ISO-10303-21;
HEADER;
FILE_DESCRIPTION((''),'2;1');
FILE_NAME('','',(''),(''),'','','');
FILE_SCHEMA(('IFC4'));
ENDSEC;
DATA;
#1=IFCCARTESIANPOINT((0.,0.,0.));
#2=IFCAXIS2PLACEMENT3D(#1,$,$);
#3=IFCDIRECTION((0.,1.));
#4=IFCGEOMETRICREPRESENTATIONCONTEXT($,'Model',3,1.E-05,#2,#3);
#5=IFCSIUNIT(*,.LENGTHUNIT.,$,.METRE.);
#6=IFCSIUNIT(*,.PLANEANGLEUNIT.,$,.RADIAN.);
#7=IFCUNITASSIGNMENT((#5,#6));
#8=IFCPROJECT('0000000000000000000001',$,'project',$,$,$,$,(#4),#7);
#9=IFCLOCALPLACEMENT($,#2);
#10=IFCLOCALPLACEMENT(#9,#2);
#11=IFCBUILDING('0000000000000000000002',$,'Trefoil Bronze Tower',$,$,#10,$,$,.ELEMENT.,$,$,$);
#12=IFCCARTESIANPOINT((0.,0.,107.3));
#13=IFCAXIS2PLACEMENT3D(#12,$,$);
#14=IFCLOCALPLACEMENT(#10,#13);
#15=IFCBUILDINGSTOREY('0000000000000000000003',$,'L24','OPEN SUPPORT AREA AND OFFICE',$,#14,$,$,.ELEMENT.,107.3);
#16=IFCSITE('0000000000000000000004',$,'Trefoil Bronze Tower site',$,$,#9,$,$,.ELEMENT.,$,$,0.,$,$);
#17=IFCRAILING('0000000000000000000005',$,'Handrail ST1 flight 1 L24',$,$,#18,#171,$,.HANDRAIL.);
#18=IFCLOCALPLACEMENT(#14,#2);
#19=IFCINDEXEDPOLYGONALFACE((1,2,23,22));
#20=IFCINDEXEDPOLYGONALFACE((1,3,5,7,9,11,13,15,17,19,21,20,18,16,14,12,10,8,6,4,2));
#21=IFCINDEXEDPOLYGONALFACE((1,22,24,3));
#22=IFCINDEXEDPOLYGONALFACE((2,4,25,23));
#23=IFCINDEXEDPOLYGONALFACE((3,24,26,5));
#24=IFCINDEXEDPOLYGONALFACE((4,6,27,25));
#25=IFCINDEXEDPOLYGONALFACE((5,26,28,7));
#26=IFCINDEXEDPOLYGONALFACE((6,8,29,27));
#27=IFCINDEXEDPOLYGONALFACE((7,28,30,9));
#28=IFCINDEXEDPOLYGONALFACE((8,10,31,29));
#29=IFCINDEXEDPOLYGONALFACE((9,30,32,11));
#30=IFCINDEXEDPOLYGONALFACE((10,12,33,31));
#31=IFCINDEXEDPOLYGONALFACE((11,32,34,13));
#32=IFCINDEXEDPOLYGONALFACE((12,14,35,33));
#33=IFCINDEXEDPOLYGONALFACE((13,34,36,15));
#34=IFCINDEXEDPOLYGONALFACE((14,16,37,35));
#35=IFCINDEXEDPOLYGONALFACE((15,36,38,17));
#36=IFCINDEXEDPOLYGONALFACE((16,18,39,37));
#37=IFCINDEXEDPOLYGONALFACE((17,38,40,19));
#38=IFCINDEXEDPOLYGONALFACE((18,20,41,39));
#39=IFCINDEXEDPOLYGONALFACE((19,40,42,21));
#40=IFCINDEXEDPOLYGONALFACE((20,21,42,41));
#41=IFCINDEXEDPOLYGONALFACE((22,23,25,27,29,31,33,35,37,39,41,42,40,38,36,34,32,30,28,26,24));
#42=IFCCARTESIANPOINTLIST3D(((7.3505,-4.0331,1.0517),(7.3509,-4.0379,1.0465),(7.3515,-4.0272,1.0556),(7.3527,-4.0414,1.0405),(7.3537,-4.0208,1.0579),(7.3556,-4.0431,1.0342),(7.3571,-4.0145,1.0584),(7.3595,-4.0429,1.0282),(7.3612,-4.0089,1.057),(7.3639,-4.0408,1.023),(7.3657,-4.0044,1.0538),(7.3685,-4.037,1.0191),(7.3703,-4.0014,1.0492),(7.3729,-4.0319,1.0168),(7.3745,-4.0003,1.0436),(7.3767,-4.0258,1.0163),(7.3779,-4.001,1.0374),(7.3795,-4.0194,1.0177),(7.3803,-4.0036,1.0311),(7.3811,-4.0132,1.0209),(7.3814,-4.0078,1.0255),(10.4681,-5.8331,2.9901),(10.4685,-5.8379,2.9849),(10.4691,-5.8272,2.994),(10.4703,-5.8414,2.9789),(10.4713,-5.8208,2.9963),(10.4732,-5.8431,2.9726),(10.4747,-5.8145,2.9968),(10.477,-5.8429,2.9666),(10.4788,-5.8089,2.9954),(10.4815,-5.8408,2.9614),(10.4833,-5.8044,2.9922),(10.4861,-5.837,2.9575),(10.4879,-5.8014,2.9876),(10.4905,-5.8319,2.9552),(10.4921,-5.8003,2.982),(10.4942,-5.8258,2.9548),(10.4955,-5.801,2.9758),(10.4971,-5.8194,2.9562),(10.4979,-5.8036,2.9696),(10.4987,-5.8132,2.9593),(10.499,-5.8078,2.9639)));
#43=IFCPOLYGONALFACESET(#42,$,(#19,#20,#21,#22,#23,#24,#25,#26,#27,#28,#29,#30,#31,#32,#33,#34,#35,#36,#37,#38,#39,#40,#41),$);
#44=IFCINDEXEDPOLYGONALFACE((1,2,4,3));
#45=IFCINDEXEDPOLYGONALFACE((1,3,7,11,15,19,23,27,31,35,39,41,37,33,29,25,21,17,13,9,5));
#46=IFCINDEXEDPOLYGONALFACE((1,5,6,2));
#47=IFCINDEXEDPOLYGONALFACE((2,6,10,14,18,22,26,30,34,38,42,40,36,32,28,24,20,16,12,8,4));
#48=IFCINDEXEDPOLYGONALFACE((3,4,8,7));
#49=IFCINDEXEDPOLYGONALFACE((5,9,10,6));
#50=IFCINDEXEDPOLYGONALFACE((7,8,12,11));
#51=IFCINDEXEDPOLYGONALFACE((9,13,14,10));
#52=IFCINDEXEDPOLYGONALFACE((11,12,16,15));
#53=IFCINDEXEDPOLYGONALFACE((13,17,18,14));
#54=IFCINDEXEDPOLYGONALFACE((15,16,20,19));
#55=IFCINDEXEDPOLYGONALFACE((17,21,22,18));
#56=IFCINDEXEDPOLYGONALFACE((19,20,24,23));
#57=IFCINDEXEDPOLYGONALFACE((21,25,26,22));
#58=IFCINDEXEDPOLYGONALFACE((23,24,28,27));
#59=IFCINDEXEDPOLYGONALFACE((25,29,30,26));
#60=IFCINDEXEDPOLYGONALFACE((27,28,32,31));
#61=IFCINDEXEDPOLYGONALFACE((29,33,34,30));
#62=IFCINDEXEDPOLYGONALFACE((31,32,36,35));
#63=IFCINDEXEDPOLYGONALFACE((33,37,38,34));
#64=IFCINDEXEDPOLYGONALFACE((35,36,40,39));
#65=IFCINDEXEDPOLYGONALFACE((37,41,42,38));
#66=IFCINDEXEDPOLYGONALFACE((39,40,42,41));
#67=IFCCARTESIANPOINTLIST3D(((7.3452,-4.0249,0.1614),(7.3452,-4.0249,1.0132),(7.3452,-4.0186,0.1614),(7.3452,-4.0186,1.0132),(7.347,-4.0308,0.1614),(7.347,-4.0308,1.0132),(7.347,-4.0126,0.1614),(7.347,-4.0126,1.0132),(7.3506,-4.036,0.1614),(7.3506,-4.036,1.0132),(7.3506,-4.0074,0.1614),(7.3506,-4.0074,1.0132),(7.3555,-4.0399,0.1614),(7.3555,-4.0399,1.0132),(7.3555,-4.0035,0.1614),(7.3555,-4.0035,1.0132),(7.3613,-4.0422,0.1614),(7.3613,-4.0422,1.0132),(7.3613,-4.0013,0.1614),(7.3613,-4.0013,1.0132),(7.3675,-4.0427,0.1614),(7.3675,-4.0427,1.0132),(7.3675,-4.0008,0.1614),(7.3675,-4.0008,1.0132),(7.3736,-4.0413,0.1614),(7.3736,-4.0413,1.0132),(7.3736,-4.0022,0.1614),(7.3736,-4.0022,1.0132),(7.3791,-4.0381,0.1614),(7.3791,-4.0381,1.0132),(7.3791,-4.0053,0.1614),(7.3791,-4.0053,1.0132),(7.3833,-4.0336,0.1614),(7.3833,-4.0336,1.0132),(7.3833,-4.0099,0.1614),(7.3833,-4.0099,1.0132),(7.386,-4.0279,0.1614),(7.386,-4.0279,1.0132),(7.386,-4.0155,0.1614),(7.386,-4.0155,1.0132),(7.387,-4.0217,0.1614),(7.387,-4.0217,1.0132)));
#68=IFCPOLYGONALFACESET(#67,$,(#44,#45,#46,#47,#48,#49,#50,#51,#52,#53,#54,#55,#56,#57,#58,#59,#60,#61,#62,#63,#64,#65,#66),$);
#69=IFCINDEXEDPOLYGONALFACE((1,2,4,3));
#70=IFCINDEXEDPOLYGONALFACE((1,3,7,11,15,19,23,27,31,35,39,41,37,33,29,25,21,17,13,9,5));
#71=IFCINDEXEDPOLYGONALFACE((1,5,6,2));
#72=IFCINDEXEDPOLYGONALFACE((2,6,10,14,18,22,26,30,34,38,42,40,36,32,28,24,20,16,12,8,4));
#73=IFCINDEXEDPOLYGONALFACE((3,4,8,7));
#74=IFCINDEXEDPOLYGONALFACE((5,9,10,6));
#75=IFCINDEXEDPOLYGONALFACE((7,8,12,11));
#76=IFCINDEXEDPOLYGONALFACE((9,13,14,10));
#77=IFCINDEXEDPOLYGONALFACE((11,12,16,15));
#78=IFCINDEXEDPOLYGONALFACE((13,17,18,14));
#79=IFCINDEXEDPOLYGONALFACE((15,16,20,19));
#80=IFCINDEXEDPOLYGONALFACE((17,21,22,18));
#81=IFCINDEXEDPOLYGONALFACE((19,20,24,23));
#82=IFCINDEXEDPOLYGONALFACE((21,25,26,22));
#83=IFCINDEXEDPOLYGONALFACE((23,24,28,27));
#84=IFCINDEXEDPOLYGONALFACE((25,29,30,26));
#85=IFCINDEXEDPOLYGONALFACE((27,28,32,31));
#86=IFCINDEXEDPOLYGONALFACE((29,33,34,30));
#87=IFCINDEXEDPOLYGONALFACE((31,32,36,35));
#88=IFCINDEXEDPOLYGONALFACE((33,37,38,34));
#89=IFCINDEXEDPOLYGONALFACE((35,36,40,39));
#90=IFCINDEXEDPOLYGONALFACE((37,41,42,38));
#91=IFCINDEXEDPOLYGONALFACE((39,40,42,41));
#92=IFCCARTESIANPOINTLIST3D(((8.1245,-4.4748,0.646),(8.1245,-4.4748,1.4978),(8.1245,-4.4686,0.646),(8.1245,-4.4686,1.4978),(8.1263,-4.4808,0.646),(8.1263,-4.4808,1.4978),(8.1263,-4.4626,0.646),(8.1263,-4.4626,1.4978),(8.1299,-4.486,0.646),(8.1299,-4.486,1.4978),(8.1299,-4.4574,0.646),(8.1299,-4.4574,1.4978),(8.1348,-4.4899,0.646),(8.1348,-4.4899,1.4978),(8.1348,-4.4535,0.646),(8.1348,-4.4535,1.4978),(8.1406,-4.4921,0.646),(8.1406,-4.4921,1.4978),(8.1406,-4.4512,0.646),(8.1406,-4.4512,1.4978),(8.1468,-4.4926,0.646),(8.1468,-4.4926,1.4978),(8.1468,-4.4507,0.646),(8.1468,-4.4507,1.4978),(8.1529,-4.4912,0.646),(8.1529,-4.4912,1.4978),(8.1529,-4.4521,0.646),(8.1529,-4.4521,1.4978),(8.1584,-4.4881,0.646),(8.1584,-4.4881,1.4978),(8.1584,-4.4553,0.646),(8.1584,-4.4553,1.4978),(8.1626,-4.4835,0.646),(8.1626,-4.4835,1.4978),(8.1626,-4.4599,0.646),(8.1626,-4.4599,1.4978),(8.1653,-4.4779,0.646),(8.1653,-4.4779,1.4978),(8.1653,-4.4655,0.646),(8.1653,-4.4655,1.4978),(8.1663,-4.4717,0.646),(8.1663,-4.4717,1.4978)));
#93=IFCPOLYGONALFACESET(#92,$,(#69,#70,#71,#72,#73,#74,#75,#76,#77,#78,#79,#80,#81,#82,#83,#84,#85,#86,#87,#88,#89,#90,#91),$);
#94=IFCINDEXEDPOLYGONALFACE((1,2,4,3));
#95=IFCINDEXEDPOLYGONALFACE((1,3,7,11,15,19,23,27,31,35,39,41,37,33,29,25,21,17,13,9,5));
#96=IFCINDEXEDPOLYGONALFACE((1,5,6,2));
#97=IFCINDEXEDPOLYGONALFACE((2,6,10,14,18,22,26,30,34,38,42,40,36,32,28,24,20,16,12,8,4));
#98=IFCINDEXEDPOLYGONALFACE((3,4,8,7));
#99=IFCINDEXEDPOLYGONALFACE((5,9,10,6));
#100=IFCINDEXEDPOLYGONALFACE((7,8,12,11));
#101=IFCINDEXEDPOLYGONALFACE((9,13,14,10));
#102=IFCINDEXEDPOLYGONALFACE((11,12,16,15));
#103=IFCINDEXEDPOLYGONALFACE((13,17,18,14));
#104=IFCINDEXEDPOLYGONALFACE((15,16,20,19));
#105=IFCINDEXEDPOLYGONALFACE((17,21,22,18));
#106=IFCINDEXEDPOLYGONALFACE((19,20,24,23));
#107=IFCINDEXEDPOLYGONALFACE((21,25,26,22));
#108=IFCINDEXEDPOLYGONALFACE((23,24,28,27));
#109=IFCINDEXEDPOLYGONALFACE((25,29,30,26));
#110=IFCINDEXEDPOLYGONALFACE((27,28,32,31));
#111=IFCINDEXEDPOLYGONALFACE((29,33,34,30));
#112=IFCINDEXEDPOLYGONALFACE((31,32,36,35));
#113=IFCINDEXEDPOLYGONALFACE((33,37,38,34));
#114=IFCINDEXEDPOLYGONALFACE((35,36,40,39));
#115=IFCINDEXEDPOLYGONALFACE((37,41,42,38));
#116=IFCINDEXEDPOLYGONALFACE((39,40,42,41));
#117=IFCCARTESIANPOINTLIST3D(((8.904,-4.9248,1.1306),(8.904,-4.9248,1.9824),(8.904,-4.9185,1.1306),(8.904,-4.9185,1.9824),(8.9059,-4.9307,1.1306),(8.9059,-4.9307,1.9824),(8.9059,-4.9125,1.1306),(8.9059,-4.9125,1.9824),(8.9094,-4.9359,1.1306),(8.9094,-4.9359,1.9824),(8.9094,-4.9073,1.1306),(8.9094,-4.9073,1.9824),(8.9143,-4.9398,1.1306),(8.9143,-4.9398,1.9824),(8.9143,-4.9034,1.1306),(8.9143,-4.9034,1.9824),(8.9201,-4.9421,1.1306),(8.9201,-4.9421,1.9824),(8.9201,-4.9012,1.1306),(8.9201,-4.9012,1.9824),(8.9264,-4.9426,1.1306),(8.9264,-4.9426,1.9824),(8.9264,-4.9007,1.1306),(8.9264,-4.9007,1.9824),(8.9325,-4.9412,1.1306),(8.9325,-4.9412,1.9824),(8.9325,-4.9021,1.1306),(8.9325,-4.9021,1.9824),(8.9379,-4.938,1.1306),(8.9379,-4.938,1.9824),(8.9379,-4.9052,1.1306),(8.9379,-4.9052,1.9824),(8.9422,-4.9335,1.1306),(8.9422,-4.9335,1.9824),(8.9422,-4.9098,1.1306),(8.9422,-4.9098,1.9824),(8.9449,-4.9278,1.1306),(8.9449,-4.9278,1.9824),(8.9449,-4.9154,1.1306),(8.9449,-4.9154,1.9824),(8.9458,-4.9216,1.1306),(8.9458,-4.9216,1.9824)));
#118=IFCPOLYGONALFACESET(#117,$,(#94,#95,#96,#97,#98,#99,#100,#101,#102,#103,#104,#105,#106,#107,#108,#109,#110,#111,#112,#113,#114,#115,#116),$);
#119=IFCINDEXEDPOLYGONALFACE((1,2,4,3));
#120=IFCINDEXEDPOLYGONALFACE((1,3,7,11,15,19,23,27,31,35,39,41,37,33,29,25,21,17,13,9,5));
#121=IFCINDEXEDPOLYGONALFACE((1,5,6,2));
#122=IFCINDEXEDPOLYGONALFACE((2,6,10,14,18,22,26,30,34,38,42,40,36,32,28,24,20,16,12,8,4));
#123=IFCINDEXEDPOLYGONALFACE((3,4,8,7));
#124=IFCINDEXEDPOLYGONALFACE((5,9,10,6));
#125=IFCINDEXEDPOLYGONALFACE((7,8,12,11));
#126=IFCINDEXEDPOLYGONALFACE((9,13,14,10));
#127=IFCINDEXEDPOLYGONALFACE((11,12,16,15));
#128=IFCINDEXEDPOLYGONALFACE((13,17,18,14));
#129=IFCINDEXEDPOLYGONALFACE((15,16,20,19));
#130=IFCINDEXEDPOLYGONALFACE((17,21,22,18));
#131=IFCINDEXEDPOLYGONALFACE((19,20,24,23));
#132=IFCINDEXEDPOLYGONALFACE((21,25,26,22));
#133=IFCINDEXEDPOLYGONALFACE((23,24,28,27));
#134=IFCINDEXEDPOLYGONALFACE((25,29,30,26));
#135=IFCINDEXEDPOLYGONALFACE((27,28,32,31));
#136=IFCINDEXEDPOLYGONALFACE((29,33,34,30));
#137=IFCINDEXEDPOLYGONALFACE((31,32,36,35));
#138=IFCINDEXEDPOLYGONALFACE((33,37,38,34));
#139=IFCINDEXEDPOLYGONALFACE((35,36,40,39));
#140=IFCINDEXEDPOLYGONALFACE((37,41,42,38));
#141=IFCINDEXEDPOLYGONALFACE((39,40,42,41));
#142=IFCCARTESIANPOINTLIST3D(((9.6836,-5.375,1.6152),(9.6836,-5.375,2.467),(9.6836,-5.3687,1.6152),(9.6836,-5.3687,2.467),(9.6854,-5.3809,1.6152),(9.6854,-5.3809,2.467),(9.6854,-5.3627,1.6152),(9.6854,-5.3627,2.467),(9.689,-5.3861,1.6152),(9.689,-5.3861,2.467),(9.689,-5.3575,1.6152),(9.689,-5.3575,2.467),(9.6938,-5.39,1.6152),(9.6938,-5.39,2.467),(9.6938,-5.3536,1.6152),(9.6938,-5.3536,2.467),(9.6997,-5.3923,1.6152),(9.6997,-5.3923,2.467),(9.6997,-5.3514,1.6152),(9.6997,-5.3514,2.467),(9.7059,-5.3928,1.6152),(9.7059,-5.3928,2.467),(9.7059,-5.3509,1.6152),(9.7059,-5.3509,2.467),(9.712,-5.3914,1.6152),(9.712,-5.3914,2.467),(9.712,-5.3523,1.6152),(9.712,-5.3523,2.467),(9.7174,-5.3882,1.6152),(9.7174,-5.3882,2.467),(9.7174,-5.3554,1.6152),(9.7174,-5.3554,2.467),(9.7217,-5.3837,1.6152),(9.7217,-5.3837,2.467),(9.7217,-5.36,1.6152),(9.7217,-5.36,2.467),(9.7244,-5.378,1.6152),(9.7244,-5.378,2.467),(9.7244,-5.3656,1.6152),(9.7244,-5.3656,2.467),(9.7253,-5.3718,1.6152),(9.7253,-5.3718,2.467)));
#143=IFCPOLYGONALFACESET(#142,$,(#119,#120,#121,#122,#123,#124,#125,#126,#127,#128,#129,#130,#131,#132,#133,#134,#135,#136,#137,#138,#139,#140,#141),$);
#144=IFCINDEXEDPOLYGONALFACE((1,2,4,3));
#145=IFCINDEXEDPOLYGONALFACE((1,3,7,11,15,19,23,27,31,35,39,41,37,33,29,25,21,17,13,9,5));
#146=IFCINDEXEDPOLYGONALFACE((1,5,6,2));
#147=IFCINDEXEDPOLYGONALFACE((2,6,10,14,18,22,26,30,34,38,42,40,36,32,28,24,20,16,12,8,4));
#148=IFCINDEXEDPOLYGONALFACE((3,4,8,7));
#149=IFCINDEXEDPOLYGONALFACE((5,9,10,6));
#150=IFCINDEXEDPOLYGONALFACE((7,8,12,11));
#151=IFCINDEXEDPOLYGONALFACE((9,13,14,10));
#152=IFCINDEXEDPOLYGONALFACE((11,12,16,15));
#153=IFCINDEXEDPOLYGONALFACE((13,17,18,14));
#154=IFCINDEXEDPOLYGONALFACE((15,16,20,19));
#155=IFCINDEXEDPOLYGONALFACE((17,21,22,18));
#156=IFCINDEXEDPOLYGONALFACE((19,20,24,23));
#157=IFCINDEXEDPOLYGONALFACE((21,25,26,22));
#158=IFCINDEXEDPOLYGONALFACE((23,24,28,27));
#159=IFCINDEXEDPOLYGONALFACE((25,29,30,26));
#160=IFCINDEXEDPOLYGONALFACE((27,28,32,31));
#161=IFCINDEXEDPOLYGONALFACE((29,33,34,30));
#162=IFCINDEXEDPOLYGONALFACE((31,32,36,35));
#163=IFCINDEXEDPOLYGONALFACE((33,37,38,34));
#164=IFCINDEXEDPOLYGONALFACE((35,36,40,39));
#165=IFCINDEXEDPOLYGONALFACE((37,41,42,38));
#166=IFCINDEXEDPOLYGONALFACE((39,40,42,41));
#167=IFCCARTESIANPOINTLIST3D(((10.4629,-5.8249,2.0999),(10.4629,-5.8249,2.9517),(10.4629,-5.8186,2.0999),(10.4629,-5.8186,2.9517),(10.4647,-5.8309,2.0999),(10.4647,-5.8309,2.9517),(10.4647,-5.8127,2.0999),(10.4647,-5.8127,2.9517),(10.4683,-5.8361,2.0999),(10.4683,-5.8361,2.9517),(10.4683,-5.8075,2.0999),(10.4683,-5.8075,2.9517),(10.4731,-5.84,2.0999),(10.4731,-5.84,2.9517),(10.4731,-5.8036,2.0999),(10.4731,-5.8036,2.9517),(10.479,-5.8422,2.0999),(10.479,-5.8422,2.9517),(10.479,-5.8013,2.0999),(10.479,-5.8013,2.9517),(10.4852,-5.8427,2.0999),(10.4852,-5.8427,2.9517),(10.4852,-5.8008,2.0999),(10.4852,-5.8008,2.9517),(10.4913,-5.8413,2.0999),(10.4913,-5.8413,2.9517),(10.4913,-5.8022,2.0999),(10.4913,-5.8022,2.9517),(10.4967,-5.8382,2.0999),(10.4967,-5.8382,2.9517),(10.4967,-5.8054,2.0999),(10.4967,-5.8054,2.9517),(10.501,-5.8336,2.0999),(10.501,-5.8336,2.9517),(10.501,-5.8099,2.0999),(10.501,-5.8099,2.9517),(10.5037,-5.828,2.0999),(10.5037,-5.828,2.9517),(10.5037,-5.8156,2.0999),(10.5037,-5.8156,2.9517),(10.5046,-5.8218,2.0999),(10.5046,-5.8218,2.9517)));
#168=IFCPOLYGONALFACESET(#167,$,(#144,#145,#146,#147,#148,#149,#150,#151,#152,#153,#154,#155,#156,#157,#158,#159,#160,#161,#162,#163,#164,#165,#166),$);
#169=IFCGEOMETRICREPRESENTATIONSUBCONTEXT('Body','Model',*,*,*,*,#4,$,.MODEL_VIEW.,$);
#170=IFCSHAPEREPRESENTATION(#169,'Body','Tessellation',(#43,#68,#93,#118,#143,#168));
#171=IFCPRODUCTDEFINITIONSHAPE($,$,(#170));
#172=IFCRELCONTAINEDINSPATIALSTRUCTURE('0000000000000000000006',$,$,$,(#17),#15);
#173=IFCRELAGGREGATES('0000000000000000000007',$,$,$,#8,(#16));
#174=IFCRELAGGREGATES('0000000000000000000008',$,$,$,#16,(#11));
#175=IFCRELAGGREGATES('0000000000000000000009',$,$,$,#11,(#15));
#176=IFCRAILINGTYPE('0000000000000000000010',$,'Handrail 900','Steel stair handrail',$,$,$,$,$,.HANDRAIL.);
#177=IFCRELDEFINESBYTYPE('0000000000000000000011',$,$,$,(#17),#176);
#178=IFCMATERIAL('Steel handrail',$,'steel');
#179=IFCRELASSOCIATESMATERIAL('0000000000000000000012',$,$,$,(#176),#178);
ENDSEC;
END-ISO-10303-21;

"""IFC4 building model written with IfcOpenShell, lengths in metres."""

from ifc_helpers import new_model, si_unit, direction, frame, origin, origin_2d, place, context, subcontext, project, spatial, circle, extrude, material, type_object, element, save


model = new_model("IFC4")

# Units and contexts
model_context = context("Model", 3, precision=1e-05, world=origin(), true_north=direction((0.0, 1.0)))
body_context = subcontext(model_context, "Body", "Model", "MODEL_VIEW")
ifc_project = project(units=[si_unit("LENGTHUNIT", "METRE"), si_unit("PLANEANGLEUNIT", "RADIAN")], contexts=[model_context])

# Site, building, storey
site_placement = place(None, origin())
site = spatial("IfcSite", under=ifc_project, at=site_placement, Name="Trefoil Bronze Tower site", CompositionType="ELEMENT", RefElevation=0.0)
building_placement = place(site_placement, origin())
building = spatial("IfcBuilding", under=site, at=building_placement, Name="Trefoil Bronze Tower", CompositionType="ELEMENT")
storey_placement = place(building_placement, frame((0.0, 0.0, 107.3)))
storey = spatial("IfcBuildingStorey", under=building, at=storey_placement, Name="L24", Description="OPEN SUPPORT AREA AND OFFICE", CompositionType="ELEMENT", Elevation=107.3)

# Railing
ifc_material_1 = material(Name="Steel handrail", Category="steel")
railing_type = type_object("IfcRailingType", Name="Handrail 900", Description="Steel stair handrail", PredefinedType="HANDRAIL", material=ifc_material_1)
railing_placement = place(storey_placement, frame((7.366, -4.0217, 0.1614)))
element("IfcRailing", 1, at=railing_placement, inside=storey, type_object=railing_type, Name="Handrail ST1 flight 1 L24", PredefinedType="HANDRAIL", context=body_context, shape_type="SweptSolid", body=[
    extrude(circle(Radius=0.0239, at=origin_2d()), frame((0.0, 0.0, 0.876), z_axis=(0.762503, -0.440246, 0.474102), x_axis=(0.500012, 0.866018, 0.0)), (0.0, 0.0, 1.0), 4.0886),
    extrude(circle(Radius=0.021, at=origin_2d()), origin(), (0.0, 0.0, 1.0), 0.8518),
    extrude(circle(Radius=0.021, at=origin_2d()), frame((0.7793, -0.45, 0.4846)), (0.0, 0.0, 1.0), 0.8518),
    extrude(circle(Radius=0.021, at=origin_2d()), frame((1.5588, -0.8999, 0.9692)), (0.0, 0.0, 1.0), 0.8518),
    extrude(circle(Radius=0.021, at=origin_2d()), frame((2.3384, -1.3501, 1.4539)), (0.0, 0.0, 1.0), 0.8518),
    extrude(circle(Radius=0.021, at=origin_2d()), frame((3.1177, -1.8, 1.9385)), (0.0, 0.0, 1.0), 0.8518),
])

save(model, "model.ifc")
